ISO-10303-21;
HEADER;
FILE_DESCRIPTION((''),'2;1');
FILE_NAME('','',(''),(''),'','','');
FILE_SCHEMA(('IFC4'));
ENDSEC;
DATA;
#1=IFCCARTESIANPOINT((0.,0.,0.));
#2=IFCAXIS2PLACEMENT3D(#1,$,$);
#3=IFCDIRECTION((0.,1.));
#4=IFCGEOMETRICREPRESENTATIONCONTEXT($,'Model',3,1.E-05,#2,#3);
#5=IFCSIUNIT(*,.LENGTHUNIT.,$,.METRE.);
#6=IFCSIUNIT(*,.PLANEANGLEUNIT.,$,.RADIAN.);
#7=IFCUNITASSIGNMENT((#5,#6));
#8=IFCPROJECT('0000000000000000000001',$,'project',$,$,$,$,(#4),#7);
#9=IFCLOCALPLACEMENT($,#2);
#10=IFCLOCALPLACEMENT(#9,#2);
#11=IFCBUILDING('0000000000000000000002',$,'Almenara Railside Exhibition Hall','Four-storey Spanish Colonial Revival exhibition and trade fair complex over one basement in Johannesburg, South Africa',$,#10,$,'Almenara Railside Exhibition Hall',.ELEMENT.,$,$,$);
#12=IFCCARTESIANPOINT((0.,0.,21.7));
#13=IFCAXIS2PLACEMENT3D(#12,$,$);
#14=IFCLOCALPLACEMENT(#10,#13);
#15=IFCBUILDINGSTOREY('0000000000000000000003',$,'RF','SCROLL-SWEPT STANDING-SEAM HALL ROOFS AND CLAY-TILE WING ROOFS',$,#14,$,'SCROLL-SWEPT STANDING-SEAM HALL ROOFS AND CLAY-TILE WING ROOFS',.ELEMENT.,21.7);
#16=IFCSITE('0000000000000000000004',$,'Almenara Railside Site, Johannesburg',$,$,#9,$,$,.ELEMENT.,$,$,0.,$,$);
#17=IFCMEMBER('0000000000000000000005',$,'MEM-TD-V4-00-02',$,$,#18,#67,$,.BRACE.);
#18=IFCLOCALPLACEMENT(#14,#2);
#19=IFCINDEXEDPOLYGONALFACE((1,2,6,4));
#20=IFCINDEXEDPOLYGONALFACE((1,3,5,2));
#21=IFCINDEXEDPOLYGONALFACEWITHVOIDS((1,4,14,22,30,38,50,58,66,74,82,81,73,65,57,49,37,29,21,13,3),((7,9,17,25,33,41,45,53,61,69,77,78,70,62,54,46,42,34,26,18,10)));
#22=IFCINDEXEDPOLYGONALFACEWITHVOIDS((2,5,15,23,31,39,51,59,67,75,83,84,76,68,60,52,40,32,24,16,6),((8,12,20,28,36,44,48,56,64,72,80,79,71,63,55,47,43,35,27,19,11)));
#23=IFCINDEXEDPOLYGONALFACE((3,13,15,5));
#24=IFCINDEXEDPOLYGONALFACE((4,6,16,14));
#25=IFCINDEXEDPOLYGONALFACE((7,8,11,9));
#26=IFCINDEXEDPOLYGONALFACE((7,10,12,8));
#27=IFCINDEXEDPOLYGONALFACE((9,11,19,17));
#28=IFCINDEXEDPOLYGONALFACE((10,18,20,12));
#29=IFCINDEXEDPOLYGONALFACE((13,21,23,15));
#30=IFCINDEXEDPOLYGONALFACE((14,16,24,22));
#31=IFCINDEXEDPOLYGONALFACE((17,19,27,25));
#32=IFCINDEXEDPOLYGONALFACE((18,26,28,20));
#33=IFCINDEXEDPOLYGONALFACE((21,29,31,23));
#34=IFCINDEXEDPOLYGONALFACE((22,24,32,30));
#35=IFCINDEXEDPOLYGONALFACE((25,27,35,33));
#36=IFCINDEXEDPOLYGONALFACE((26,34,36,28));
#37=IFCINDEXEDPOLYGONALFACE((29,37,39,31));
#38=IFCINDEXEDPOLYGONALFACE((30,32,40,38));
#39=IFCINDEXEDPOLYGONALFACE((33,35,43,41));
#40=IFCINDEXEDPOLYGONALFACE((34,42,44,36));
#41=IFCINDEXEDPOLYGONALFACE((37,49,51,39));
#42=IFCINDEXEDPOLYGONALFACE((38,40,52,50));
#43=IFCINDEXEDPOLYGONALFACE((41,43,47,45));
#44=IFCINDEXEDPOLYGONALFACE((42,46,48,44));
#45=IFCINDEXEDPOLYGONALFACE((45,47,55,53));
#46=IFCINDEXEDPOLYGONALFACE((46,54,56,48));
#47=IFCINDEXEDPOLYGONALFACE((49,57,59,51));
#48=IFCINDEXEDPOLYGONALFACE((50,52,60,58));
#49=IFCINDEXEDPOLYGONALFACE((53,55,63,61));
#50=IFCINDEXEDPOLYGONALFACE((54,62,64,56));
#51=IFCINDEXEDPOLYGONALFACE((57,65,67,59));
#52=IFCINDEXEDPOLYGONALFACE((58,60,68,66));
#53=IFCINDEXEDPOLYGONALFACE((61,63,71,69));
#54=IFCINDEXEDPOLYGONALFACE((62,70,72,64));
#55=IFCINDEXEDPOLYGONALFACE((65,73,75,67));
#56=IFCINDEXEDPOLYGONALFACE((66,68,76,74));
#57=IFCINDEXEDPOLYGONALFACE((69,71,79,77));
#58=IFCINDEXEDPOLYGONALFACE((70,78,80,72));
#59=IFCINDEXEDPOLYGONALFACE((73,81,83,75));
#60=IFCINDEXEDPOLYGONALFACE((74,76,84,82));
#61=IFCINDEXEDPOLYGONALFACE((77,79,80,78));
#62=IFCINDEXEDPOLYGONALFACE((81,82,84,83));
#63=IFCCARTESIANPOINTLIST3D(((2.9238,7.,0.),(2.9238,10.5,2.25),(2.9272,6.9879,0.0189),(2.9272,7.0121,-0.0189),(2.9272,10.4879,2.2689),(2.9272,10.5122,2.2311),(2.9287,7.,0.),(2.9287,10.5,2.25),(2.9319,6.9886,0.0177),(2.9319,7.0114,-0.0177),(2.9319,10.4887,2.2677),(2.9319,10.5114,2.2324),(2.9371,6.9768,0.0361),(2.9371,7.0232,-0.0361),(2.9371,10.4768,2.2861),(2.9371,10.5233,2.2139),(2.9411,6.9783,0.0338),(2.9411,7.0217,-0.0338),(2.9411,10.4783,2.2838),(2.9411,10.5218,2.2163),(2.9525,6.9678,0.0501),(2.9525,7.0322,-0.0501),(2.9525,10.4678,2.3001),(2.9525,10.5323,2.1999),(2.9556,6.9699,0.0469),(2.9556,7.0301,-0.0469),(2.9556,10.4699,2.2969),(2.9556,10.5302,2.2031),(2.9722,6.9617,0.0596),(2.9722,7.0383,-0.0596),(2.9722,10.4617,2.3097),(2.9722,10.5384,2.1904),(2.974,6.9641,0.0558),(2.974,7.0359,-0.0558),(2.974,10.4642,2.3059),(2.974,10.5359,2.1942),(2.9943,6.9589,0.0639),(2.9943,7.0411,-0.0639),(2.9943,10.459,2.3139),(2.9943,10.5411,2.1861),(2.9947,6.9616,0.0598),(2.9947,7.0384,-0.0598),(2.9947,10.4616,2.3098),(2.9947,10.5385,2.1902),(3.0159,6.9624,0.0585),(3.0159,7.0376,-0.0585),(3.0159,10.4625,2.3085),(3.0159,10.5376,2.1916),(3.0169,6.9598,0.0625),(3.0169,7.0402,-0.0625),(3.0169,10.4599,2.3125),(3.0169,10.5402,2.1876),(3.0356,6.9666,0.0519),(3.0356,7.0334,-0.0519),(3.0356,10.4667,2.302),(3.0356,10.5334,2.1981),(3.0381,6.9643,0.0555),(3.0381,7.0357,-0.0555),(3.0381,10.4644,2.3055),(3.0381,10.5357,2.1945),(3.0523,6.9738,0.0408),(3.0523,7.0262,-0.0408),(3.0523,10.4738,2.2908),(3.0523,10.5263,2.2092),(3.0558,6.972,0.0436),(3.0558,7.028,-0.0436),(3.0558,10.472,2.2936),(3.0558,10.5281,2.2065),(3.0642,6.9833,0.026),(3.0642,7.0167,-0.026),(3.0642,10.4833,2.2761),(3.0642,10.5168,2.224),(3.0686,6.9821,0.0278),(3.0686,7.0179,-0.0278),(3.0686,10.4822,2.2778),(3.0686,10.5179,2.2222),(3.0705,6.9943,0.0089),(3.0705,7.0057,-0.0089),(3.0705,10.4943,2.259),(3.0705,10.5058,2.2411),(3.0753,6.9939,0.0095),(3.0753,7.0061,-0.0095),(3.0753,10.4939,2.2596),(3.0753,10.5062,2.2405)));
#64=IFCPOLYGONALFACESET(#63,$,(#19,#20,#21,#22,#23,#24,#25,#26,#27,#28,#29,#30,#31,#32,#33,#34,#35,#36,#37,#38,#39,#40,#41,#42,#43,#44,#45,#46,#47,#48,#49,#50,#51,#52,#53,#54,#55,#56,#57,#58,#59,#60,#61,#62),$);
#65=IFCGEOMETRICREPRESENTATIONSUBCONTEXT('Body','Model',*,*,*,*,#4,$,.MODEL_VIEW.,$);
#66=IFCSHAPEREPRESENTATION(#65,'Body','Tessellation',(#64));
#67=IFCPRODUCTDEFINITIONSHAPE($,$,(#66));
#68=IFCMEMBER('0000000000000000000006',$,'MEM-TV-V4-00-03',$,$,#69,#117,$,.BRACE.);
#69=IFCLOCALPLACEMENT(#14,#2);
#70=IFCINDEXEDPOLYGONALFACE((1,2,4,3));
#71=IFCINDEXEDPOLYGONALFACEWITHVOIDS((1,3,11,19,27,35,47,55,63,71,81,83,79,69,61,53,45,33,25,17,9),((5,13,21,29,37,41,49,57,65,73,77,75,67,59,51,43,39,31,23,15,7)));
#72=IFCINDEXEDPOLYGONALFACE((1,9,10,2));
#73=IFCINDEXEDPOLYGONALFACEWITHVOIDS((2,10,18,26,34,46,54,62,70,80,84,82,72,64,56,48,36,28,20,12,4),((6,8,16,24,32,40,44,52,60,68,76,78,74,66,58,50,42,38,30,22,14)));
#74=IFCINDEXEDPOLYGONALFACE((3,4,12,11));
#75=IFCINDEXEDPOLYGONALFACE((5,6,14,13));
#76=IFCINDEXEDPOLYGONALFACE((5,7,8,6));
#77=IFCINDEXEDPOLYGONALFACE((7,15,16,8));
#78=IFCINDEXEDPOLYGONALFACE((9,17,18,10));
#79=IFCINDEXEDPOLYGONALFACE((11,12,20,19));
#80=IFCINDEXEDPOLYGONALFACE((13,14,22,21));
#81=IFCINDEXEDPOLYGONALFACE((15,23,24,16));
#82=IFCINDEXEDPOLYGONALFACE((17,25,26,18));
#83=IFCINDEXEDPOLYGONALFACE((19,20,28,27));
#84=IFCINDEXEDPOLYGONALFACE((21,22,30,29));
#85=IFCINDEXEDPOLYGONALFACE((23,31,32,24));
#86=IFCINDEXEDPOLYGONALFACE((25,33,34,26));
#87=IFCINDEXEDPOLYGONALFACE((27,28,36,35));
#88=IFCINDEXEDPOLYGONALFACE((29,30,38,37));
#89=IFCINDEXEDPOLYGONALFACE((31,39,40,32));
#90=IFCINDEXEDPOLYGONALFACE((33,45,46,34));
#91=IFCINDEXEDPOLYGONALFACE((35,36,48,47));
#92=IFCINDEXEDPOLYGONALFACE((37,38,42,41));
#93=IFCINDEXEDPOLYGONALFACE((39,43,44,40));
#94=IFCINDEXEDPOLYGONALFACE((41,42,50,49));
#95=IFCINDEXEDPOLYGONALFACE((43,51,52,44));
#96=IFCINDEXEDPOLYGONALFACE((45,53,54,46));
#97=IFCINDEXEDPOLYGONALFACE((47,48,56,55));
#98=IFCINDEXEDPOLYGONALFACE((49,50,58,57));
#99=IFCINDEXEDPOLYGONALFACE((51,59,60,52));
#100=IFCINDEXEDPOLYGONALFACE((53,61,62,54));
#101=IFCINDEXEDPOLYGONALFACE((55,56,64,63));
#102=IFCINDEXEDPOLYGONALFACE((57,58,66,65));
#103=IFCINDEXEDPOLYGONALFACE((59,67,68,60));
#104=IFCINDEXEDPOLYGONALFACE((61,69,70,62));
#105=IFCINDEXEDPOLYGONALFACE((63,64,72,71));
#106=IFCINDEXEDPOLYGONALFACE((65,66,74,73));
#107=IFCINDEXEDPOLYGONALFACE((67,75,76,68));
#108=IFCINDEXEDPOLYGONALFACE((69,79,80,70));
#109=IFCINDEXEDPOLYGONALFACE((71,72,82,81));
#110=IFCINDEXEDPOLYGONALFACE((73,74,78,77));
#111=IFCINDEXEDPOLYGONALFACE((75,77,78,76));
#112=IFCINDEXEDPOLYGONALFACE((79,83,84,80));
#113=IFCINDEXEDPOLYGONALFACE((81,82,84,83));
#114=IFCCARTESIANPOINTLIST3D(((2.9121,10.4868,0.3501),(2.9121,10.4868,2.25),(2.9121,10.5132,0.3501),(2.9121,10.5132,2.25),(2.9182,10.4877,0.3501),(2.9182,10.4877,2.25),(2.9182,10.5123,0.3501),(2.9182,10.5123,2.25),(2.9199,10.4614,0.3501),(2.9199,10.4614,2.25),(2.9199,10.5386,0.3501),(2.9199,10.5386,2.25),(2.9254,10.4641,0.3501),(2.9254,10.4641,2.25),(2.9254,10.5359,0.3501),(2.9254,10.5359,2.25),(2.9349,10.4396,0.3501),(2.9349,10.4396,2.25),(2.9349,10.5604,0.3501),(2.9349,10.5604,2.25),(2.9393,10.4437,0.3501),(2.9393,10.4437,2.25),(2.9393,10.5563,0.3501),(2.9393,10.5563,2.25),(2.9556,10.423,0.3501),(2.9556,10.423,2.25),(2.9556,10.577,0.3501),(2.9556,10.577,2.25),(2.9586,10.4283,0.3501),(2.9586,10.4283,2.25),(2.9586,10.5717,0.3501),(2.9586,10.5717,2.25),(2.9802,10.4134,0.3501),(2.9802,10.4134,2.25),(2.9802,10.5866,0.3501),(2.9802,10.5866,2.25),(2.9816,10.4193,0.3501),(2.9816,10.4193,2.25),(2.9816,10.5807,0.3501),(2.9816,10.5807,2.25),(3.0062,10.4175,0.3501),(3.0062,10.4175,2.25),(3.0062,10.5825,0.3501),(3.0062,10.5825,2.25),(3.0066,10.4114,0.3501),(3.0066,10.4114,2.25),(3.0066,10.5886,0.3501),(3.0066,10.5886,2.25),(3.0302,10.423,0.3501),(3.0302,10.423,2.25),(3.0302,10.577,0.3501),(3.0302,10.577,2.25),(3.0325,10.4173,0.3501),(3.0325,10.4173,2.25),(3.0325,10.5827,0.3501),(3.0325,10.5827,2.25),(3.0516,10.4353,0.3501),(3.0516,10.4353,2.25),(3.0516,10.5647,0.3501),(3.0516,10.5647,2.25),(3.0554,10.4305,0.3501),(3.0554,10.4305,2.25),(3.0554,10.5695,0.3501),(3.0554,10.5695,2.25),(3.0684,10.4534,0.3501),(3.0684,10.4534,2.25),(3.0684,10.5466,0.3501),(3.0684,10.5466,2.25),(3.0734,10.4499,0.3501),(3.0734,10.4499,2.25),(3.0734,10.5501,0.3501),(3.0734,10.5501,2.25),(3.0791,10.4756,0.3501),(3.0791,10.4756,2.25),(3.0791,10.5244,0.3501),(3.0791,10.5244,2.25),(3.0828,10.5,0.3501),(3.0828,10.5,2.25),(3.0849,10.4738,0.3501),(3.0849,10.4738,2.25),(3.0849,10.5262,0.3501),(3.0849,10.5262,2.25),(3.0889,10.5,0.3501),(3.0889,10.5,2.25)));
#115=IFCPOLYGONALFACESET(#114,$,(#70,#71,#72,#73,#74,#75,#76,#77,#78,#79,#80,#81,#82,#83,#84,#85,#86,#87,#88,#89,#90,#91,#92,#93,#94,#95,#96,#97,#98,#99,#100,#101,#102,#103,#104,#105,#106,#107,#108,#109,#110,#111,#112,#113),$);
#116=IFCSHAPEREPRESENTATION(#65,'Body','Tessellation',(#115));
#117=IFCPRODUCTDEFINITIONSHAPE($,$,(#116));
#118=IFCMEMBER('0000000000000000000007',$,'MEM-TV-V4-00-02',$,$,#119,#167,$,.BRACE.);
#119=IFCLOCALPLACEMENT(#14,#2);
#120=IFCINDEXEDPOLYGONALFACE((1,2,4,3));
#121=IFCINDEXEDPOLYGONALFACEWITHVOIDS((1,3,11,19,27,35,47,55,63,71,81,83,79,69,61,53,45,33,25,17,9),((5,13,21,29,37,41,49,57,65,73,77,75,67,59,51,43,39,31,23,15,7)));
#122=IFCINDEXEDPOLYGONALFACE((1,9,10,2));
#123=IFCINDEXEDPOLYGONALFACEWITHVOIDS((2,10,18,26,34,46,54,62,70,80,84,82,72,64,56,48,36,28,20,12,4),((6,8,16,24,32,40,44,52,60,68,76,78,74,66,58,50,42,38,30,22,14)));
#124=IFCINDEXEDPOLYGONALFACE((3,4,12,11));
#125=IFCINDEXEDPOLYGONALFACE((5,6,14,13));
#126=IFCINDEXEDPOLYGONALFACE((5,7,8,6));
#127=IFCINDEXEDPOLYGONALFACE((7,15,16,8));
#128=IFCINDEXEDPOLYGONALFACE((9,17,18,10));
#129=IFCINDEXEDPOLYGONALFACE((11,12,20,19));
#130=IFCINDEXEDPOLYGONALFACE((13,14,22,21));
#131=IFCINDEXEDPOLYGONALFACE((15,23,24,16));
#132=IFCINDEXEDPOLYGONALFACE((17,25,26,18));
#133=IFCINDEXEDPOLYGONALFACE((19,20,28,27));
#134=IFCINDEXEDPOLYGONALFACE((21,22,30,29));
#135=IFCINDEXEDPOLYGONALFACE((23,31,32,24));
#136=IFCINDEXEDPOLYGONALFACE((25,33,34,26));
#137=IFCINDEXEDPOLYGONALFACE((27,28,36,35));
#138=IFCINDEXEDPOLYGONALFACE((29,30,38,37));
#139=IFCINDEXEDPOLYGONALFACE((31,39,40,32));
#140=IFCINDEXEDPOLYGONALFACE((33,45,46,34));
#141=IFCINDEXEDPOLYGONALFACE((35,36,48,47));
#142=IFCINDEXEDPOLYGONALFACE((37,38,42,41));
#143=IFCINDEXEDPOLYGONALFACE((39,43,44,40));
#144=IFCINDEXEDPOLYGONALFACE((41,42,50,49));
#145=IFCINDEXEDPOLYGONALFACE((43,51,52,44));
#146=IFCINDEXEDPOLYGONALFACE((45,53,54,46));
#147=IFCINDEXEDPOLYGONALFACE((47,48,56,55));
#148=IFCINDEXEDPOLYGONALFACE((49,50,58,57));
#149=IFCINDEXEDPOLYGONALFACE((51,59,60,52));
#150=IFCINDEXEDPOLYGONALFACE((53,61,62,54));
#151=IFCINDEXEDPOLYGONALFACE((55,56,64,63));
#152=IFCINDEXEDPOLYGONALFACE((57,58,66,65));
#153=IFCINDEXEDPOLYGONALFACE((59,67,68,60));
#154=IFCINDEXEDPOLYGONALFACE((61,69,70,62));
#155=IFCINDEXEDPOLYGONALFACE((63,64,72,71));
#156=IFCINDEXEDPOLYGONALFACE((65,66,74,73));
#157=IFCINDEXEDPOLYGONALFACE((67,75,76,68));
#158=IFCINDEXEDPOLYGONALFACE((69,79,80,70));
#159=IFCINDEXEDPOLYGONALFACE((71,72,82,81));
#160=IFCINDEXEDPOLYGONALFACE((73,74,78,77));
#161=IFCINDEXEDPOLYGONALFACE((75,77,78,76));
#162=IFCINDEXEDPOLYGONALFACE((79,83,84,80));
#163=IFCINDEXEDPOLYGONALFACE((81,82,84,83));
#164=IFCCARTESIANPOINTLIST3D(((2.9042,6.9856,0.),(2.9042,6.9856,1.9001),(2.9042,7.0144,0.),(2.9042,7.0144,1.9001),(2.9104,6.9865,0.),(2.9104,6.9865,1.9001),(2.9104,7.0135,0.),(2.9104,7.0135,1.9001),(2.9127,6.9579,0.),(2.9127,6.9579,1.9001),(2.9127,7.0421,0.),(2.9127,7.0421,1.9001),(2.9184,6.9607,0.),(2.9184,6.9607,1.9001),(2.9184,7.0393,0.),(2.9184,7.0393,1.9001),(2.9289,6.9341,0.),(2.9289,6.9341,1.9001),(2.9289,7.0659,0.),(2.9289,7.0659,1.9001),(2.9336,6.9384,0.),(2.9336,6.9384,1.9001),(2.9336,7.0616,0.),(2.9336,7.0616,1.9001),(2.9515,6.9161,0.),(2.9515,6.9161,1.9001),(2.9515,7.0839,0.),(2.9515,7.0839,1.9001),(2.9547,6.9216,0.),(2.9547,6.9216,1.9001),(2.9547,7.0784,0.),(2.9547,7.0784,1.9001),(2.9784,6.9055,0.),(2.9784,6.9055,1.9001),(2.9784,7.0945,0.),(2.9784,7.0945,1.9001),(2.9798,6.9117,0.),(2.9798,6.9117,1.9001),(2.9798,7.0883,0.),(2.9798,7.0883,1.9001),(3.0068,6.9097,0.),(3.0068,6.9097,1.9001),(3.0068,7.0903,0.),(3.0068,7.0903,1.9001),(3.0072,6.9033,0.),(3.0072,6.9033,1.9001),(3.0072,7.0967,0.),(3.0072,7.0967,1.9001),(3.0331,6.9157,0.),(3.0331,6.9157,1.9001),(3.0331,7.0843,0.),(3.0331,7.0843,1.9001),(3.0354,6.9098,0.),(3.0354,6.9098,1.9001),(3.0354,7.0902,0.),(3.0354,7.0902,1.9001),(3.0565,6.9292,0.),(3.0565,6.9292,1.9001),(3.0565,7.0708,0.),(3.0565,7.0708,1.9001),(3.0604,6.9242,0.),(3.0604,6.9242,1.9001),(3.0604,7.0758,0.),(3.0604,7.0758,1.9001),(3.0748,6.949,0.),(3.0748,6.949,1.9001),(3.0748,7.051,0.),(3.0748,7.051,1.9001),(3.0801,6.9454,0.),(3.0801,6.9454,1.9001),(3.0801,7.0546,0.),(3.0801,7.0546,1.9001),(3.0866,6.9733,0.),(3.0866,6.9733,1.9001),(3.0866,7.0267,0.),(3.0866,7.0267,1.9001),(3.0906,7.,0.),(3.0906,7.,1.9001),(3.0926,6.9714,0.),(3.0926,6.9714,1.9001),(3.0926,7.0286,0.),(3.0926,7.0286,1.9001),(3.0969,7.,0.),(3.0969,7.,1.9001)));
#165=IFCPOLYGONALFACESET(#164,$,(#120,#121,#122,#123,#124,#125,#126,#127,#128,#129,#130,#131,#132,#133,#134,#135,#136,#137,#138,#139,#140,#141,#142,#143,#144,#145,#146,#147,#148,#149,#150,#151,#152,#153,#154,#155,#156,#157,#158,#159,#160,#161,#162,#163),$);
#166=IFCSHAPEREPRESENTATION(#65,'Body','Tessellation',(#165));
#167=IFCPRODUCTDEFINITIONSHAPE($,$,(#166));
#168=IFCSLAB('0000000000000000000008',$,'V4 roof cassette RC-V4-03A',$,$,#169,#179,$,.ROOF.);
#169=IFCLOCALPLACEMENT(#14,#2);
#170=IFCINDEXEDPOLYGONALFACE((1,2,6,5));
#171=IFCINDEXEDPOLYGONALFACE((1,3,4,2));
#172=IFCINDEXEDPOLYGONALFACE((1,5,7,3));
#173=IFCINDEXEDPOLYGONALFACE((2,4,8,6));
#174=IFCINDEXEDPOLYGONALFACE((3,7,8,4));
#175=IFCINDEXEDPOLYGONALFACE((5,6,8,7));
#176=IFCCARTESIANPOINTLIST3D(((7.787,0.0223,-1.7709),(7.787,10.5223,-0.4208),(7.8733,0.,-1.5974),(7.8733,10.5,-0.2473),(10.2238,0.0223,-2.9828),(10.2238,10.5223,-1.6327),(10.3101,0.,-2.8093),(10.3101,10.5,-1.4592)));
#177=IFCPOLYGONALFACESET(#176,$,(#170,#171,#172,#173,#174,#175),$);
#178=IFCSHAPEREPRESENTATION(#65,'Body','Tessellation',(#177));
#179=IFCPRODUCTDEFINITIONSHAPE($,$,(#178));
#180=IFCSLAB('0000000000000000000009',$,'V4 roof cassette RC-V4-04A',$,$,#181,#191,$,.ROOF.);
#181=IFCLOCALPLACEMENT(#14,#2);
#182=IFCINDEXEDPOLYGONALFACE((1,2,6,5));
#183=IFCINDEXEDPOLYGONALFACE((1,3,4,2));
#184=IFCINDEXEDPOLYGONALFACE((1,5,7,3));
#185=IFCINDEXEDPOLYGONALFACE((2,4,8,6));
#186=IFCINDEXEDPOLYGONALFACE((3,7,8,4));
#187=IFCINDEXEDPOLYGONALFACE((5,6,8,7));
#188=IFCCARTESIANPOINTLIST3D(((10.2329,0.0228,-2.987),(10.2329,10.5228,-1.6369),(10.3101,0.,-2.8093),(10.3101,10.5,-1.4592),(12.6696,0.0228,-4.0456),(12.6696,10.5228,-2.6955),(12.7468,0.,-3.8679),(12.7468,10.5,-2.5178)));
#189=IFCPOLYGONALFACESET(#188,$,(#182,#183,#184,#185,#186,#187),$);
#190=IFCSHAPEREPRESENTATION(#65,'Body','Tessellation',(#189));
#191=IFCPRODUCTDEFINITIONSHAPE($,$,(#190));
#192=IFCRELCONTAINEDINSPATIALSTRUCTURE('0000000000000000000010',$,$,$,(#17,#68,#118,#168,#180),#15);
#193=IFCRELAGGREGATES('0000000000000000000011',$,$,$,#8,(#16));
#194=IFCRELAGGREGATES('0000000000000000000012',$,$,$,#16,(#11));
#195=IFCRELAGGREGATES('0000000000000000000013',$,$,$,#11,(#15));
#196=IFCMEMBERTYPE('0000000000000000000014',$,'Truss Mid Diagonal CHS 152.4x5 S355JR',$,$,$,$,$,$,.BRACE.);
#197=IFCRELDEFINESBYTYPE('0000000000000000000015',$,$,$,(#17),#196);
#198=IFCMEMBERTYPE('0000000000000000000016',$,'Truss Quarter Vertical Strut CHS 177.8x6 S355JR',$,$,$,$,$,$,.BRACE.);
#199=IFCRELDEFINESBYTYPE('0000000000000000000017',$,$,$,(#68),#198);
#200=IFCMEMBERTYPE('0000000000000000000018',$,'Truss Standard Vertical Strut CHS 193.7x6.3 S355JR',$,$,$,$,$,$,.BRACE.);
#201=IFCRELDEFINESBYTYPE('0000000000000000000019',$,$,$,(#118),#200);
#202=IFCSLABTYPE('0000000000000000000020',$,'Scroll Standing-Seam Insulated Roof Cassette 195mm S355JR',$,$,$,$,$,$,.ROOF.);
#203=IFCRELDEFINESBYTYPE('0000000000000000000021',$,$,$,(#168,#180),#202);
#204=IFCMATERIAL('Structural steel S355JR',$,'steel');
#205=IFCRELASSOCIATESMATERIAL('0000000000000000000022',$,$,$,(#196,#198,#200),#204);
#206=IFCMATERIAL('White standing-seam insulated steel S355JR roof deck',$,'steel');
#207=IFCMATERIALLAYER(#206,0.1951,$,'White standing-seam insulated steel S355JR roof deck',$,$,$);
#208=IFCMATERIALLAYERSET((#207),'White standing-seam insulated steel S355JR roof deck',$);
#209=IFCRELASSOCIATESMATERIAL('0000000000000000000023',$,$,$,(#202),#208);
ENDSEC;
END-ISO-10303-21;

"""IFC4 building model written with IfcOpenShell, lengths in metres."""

from ifc_helpers import new_model, si_unit, direction, frame, origin, origin_2d, place, context, subcontext, project, spatial, polyline, hollow_circle, outline, extrude, material, layer, layer_set, material_profile, profile_set, type_object, element, save


model = new_model("IFC4")

# Units and contexts
model_context = context("Model", 3, precision=1e-05, world=origin(), true_north=direction((0.0, 1.0)))
body_context = subcontext(model_context, "Body", "Model", "MODEL_VIEW")
ifc_project = project(units=[si_unit("LENGTHUNIT", "METRE"), si_unit("PLANEANGLEUNIT", "RADIAN")], contexts=[model_context])

# Site, building, storey
site_placement = place(None, origin())
site = spatial("IfcSite", under=ifc_project, at=site_placement, Name="Almenara Railside Site, Johannesburg", CompositionType="ELEMENT", RefElevation=0.0)
building_placement = place(site_placement, origin())
building = spatial("IfcBuilding", under=site, at=building_placement, Name="Almenara Railside Exhibition Hall", Description="Four-storey Spanish Colonial Revival exhibition and trade fair complex over one basement in Johannesburg, South Africa", LongName="Almenara Railside Exhibition Hall", CompositionType="ELEMENT")
storey_placement = place(building_placement, frame((0.0, 0.0, 21.7)))
storey = spatial("IfcBuildingStorey", under=building, at=storey_placement, Name="RF", Description="SCROLL-SWEPT STANDING-SEAM HALL ROOFS AND CLAY-TILE WING ROOFS", LongName="SCROLL-SWEPT STANDING-SEAM HALL ROOFS AND CLAY-TILE WING ROOFS", CompositionType="ELEMENT", Elevation=21.7)

# Members
ifc_material_1 = material(Name="Structural steel S355JR", Category="steel")
ifc_material_profile_1 = material_profile(ifc_material_1, hollow_circle(Radius=0.0762, WallThickness=0.0049, at=origin_2d()), Name="CHS 152.4x5")
ifc_profile_set_1 = profile_set([ifc_material_profile_1], Name="Structural steel S355JR")
member_type_1 = type_object("IfcMemberType", Name="Truss Mid Diagonal CHS 152.4x5 S355JR", PredefinedType="BRACE", material=ifc_profile_set_1)
member_1_placement = place(storey_placement, frame((3.0, 7.0, 0.0), z_axis=(0.0, 0.841178, 0.540758), x_axis=(-1.0, 0.0, 0.0)))
element("IfcMember", 1, at=member_1_placement, inside=storey, type_object=member_type_1, Name="MEM-TD-V4-00-02", PredefinedType="BRACE", context=body_context, shape_type="SweptSolid", body=[
    extrude(hollow_circle(Radius=0.0762, WallThickness=0.0049, at=origin_2d()), origin(), (0.0, 0.0, 1.0), 4.1609),
])
ifc_material_profile_2 = material_profile(ifc_material_1, hollow_circle(Radius=0.0889, WallThickness=0.0061, at=origin_2d()), Name="CHS 177.8x6")
ifc_profile_set_2 = profile_set([ifc_material_profile_2], Name="Structural steel S355JR")
member_type_2 = type_object("IfcMemberType", Name="Truss Quarter Vertical Strut CHS 177.8x6 S355JR", PredefinedType="BRACE", material=ifc_profile_set_2)
member_2_placement = place(storey_placement, frame((3.0, 10.5, 0.3501), z_axis=(0.0, 0.0, 1.0), x_axis=(1.0, 0.0, 0.0)))
element("IfcMember", 2, at=member_2_placement, inside=storey, type_object=member_type_2, Name="MEM-TV-V4-00-03", PredefinedType="BRACE", context=body_context, shape_type="SweptSolid", body=[
    extrude(hollow_circle(Radius=0.0889, WallThickness=0.0061, at=origin_2d()), origin(), (0.0, 0.0, 1.0), 1.8999),
])
ifc_material_profile_3 = material_profile(ifc_material_1, hollow_circle(Radius=0.0969, WallThickness=0.0063, at=origin_2d()), Name="CHS 193.7x6.3")
ifc_profile_set_3 = profile_set([ifc_material_profile_3], Name="Structural steel S355JR")
member_type_3 = type_object("IfcMemberType", Name="Truss Standard Vertical Strut CHS 193.7x6.3 S355JR", PredefinedType="BRACE", material=ifc_profile_set_3)
member_3_placement = place(storey_placement, frame((3.0, 7.0, 0.0), z_axis=(0.0, 0.0, 1.0), x_axis=(1.0, 0.0, 0.0)))
element("IfcMember", 3, at=member_3_placement, inside=storey, type_object=member_type_3, Name="MEM-TV-V4-00-02", PredefinedType="BRACE", context=body_context, shape_type="SweptSolid", body=[
    extrude(hollow_circle(Radius=0.0969, WallThickness=0.0063, at=origin_2d()), origin(), (0.0, 0.0, 1.0), 1.9001),
])

# Slabs
ifc_material_2 = material(Name="White standing-seam insulated steel S355JR roof deck", Category="steel")
ifc_layer_1 = layer(ifc_material_2, 0.1951, Name="White standing-seam insulated steel S355JR roof deck")
ifc_layer_set_1 = layer_set([ifc_layer_1], Name="White standing-seam insulated steel S355JR roof deck")
slab_type_1 = type_object("IfcSlabType", Name="Scroll Standing-Seam Insulated Roof Cassette 195mm S355JR", PredefinedType="ROOF", material=ifc_layer_set_1)
slab_1_placement = place(storey_placement, frame((7.8733, 10.5, -0.2473), z_axis=(0.442389, -0.114373, 0.889501), x_axis=(0.895376, 0.0, -0.445311)))
element("IfcSlab", 4, at=slab_1_placement, inside=storey, type_object=slab_type_1, Name="V4 roof cassette RC-V4-03A", PredefinedType="ROOF", context=body_context, shape_type="SweptSolid", body=[
    extrude(outline(polyline([(0.0, 0.0), (2.7215, 0.0), (3.3227, -10.5694), (0.6012, -10.5694), (0.0, 0.0)])), origin(), (0.0, 0.0, -1.0), 0.1951),
])
slab_2_placement = place(storey_placement, frame((10.3101, 10.5, -1.4592), z_axis=(0.395708, -0.117121, 0.910877), x_axis=(0.91719, 0.0, -0.398451)))
element("IfcSlab", 5, at=slab_2_placement, inside=storey, type_object=slab_type_1, Name="V4 roof cassette RC-V4-04A", PredefinedType="ROOF", context=body_context, shape_type="SweptSolid", body=[
    extrude(outline(polyline([(0.0, 0.0), (2.6568, 0.0), (3.1947, -10.5728), (0.5379, -10.5728), (0.0, 0.0)])), origin(), (0.0, 0.0, -1.0), 0.1951),
])

save(model, "model.ifc")
